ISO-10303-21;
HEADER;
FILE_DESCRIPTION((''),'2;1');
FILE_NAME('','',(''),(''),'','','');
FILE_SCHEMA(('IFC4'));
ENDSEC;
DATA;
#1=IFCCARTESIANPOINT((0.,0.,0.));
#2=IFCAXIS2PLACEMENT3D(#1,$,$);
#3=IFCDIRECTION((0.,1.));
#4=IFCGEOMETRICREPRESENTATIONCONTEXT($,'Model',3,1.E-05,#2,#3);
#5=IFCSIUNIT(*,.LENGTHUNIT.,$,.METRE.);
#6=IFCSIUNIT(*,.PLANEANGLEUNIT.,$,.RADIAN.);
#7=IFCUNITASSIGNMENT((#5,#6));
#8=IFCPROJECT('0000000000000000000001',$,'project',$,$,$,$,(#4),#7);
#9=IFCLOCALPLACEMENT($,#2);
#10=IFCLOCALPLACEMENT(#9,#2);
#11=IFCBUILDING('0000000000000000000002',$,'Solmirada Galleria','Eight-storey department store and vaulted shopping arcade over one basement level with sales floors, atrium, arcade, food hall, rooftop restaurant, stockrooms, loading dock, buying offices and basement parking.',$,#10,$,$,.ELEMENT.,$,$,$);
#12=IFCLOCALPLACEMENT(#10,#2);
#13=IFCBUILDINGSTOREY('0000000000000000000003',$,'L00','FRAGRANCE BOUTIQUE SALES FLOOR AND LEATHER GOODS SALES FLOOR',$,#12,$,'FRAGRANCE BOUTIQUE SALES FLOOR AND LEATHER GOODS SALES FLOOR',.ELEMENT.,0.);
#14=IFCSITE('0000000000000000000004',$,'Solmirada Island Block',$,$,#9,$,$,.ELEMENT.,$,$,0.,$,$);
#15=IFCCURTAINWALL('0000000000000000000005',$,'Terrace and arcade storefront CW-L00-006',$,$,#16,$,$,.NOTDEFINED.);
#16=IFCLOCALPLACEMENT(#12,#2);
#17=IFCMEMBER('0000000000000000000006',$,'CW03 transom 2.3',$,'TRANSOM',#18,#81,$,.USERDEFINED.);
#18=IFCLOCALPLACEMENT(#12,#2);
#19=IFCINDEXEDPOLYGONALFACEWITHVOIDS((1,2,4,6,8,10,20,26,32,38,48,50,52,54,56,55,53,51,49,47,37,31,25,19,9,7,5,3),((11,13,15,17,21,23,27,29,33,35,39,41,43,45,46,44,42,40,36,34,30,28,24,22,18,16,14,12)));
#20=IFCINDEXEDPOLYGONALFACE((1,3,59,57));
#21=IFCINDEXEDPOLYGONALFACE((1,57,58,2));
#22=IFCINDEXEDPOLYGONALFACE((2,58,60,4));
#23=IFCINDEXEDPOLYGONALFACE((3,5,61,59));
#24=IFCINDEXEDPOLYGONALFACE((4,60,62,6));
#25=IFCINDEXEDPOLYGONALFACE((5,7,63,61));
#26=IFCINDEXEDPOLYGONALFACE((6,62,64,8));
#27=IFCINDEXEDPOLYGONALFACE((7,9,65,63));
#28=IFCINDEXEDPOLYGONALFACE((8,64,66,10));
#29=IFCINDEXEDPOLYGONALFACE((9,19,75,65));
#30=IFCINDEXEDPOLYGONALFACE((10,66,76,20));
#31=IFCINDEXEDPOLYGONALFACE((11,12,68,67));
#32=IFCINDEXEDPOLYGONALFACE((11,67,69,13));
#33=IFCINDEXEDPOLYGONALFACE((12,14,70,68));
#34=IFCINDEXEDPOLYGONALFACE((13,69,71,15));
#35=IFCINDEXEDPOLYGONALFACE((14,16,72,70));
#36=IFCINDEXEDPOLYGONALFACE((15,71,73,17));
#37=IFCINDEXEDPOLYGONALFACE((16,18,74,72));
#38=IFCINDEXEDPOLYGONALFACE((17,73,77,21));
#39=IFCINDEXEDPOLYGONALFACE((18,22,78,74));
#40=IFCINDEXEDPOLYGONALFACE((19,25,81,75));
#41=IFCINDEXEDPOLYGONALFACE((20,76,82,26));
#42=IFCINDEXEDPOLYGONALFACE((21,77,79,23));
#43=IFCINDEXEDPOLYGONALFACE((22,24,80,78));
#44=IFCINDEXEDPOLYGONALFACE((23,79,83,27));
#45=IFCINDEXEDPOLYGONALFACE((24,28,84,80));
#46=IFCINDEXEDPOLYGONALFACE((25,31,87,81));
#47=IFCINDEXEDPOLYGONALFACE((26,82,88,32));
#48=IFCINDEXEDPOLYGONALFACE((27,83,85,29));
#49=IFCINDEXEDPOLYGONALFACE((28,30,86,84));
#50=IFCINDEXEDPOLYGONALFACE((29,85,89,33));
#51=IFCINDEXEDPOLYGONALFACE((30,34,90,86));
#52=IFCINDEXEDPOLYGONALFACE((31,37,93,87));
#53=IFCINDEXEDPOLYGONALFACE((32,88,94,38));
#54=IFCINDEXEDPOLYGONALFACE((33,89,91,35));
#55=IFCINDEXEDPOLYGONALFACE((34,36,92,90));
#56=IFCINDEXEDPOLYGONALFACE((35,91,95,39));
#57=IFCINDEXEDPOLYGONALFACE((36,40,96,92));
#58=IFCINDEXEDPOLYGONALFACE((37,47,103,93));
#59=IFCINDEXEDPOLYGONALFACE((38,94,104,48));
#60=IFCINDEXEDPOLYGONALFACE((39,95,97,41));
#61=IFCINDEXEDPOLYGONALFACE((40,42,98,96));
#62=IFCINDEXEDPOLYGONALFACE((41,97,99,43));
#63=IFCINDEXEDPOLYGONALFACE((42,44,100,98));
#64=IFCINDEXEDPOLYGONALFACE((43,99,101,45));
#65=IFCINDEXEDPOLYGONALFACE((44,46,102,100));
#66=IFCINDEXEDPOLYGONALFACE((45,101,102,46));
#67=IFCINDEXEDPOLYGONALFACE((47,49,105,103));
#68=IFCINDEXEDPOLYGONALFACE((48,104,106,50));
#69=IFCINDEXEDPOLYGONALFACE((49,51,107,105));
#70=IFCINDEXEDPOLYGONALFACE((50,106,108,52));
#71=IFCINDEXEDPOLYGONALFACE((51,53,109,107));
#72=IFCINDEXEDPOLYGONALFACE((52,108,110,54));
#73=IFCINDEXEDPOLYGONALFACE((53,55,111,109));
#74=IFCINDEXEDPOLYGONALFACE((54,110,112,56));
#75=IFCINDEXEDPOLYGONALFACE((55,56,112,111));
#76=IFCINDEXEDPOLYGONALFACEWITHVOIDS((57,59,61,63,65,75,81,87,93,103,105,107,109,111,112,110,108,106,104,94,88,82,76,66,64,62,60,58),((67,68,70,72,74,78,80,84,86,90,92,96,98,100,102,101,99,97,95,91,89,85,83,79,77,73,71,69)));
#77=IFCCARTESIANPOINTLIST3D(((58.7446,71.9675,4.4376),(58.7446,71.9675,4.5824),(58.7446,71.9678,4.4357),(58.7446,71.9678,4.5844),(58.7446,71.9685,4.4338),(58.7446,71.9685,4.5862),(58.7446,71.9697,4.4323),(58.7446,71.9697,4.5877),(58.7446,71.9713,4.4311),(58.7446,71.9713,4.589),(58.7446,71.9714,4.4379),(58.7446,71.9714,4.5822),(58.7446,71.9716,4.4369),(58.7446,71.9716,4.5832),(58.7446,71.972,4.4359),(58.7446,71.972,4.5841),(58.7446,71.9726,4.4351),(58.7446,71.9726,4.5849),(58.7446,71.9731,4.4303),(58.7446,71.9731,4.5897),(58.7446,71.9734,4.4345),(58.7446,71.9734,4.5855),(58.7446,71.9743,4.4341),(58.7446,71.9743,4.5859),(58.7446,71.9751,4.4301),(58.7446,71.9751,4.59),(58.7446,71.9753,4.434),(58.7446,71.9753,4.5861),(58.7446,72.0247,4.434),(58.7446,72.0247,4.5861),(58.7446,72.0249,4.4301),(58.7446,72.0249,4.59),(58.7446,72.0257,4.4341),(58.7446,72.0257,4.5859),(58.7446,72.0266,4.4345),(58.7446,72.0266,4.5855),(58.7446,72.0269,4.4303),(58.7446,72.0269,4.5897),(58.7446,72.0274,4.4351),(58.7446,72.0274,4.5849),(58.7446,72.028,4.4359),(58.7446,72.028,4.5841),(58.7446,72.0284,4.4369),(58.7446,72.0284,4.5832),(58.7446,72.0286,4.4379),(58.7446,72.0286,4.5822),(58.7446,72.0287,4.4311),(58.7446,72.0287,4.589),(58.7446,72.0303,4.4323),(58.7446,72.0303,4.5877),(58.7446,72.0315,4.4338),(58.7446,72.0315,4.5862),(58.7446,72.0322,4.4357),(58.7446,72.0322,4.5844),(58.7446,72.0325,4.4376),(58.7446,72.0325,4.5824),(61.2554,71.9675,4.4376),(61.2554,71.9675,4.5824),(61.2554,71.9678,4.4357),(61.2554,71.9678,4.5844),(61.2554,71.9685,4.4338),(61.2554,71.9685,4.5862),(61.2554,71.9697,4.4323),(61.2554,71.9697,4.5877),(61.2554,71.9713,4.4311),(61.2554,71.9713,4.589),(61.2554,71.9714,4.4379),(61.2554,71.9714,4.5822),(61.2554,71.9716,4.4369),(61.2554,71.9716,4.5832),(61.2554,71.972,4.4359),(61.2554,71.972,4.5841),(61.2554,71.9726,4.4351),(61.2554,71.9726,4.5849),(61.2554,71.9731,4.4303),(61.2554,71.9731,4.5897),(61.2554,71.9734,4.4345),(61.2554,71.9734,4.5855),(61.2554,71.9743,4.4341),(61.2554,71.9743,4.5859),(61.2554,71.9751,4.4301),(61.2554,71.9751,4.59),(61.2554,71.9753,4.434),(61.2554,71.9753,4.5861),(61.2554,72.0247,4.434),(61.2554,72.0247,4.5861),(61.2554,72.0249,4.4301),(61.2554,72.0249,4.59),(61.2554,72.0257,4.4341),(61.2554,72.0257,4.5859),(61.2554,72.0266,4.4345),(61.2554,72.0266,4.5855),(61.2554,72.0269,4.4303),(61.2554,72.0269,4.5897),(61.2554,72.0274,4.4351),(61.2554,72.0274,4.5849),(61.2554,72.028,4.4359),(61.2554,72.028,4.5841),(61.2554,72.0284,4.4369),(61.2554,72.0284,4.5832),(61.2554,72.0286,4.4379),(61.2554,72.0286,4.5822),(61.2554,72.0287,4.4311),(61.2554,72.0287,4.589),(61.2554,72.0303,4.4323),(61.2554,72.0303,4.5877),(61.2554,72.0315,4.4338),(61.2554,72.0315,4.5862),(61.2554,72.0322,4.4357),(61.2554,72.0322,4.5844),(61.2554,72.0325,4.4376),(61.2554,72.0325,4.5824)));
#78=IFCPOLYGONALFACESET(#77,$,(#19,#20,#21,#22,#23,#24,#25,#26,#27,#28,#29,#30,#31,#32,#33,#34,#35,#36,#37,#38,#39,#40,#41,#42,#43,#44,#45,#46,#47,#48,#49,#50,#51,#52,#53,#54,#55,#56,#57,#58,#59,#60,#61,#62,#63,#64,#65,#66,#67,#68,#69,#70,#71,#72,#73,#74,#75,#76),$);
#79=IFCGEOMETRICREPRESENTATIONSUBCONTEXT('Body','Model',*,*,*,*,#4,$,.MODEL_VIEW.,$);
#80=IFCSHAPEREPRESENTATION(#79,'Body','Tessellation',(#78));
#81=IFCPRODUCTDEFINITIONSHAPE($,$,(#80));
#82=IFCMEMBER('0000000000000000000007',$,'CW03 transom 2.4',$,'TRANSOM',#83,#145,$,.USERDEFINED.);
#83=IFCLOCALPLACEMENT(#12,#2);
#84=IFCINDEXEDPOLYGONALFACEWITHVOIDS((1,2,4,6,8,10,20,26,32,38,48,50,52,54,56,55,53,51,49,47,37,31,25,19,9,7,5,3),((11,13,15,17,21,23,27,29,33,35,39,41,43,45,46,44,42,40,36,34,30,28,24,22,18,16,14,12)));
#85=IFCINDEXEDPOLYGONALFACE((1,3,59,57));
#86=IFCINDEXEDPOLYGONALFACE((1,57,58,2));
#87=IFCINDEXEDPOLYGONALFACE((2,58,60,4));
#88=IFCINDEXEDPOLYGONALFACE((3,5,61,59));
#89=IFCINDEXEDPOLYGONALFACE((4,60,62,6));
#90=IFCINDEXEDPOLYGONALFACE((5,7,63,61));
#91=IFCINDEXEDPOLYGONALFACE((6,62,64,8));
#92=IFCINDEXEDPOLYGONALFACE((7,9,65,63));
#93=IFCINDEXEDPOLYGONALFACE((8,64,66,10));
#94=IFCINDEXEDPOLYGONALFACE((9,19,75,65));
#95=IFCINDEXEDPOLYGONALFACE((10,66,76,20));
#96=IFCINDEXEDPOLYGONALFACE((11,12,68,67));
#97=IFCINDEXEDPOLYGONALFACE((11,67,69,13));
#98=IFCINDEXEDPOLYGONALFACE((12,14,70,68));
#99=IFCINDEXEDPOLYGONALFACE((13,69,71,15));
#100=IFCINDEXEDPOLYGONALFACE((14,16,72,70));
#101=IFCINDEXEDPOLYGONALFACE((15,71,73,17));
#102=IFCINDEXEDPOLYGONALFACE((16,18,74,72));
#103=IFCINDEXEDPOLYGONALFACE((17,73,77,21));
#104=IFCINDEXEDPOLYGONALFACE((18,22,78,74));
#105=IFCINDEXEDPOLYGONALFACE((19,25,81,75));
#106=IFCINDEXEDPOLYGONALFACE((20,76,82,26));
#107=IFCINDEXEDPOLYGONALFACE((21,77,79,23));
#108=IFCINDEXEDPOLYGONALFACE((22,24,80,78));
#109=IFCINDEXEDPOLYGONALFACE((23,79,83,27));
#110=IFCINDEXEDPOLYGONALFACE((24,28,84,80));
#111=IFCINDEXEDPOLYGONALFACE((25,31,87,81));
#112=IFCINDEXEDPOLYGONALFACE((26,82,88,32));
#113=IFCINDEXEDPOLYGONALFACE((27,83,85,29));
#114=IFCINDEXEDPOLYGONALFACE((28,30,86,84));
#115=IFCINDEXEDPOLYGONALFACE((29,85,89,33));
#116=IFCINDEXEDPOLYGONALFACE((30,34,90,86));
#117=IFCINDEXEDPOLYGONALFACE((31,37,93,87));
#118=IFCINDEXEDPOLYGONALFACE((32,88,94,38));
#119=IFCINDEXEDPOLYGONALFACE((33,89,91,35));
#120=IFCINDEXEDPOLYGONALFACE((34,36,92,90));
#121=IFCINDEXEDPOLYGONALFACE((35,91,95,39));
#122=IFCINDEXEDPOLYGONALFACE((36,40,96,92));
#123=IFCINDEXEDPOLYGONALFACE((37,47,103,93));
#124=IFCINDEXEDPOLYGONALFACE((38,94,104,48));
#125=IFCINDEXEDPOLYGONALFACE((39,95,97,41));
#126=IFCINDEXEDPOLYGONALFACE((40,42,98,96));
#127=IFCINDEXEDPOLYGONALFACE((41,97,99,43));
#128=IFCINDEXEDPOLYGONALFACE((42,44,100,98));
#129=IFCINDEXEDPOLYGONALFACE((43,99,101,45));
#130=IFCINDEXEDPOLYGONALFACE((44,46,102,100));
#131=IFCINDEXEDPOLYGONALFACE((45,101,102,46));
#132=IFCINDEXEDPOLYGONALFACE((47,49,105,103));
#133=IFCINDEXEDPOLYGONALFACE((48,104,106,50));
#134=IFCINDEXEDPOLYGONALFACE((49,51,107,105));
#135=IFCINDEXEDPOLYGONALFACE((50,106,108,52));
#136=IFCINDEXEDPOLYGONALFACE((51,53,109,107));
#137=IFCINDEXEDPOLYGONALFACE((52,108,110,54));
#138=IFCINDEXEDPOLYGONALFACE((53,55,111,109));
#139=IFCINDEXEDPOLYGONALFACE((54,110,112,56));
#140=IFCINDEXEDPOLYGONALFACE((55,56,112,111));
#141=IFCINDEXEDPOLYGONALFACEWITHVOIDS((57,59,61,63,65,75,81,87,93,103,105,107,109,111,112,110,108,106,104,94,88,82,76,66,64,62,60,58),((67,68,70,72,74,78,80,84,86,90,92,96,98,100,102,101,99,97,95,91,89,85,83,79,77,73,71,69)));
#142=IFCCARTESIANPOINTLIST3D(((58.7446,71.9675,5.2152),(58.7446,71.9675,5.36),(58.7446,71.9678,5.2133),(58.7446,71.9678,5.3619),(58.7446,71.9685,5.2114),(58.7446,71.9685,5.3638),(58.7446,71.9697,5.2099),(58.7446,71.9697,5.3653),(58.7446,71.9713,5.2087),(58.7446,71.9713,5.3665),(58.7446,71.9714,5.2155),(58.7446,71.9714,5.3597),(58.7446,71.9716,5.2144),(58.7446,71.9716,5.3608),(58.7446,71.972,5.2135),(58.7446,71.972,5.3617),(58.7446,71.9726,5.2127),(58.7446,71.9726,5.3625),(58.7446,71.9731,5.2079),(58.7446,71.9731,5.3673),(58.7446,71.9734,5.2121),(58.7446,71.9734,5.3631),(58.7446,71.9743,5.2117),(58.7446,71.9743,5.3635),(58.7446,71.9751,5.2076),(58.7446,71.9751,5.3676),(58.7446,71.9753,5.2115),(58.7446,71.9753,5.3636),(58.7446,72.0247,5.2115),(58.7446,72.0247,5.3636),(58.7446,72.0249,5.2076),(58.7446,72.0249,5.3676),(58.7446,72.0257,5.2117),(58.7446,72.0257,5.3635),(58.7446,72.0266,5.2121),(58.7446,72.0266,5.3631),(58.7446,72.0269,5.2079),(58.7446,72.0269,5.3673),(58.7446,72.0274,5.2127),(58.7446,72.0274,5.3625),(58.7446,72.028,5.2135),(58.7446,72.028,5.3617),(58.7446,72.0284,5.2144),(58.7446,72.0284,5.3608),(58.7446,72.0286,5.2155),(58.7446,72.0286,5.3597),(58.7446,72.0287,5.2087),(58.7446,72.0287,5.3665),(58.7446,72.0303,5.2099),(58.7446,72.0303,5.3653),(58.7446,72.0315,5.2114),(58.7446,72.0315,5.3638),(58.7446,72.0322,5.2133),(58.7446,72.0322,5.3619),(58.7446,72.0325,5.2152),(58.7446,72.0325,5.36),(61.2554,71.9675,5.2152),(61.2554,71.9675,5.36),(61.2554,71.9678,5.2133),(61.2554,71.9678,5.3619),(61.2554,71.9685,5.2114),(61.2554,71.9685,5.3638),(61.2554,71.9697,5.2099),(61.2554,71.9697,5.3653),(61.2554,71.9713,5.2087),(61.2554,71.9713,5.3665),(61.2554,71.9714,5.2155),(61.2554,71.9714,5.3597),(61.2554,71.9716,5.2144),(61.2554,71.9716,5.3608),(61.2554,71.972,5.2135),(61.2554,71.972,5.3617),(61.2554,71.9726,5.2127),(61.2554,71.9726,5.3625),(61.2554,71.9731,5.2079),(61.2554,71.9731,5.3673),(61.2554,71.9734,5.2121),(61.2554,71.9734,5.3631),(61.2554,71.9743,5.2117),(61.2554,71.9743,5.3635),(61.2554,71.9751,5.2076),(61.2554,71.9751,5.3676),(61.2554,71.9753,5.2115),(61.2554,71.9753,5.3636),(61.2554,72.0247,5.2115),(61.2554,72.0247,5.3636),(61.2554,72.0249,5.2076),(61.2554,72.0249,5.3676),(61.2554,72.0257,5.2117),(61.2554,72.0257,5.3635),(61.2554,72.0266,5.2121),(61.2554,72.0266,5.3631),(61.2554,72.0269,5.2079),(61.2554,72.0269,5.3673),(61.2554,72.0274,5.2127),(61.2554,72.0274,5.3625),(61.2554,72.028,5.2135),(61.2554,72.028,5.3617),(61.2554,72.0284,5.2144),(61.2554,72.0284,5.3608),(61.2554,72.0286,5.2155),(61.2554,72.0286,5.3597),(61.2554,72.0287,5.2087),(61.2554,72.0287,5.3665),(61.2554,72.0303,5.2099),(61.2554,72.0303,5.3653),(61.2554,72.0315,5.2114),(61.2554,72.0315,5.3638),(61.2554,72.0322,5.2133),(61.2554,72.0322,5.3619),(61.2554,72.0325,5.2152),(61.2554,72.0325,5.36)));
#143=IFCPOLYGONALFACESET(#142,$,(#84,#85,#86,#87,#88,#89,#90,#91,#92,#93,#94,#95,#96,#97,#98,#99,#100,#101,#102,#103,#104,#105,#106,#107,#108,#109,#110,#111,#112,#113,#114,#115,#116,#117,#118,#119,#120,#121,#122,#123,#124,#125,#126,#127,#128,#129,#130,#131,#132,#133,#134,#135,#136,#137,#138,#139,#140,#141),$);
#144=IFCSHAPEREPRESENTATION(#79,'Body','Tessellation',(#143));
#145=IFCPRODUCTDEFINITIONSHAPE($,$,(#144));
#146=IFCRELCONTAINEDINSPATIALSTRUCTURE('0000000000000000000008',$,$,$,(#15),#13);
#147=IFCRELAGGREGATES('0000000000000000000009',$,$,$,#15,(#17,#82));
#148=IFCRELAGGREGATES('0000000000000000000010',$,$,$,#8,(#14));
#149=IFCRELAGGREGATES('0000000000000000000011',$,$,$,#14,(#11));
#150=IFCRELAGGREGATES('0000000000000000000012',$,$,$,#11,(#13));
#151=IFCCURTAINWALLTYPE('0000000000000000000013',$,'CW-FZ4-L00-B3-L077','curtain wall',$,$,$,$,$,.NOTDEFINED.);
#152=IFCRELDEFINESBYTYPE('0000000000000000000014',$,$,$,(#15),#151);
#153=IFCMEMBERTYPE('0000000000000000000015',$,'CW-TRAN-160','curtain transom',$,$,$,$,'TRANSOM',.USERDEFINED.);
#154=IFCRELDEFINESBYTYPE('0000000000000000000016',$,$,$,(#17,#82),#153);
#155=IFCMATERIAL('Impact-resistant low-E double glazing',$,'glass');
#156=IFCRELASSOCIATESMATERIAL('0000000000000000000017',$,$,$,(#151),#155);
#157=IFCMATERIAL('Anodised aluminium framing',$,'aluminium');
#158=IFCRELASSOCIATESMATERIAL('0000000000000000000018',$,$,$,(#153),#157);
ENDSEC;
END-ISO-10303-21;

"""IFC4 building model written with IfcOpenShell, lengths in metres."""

from ifc_helpers import new_model, si_unit, direction, frame, origin, origin_2d, place, context, subcontext, project, spatial, hollow_rectangle, extrude, material, material_profile, profile_set, type_object, element, aggregate, save


model = new_model("IFC4")

# Units and contexts
model_context = context("Model", 3, precision=1e-05, world=origin(), true_north=direction((0.0, 1.0)))
body_context = subcontext(model_context, "Body", "Model", "MODEL_VIEW")
ifc_project = project(units=[si_unit("LENGTHUNIT", "METRE"), si_unit("PLANEANGLEUNIT", "RADIAN")], contexts=[model_context])

# Site, building, storey
site_placement = place(None, origin())
site = spatial("IfcSite", under=ifc_project, at=site_placement, Name="Solmirada Island Block", CompositionType="ELEMENT", RefElevation=0.0)
building_placement = place(site_placement, origin())
building = spatial("IfcBuilding", under=site, at=building_placement, Name="Solmirada Galleria", Description="Eight-storey department store and vaulted shopping arcade over one basement level with sales floors, atrium, arcade, food hall, rooftop restaurant, stockrooms, loading dock, buying offices and basement parking.", CompositionType="ELEMENT")
storey_placement = place(building_placement, origin())
storey = spatial("IfcBuildingStorey", under=building, at=storey_placement, Name="L00", Description="FRAGRANCE BOUTIQUE SALES FLOOR AND LEATHER GOODS SALES FLOOR", LongName="FRAGRANCE BOUTIQUE SALES FLOOR AND LEATHER GOODS SALES FLOOR", CompositionType="ELEMENT", Elevation=0.0)

# Curtain wall
ifc_material_1 = material(Name="Impact-resistant low-E double glazing", Category="glass")
curtain_wall_type_1 = type_object("IfcCurtainWallType", Name="CW-FZ4-L00-B3-L077", Description="curtain wall", PredefinedType="NOTDEFINED", material=ifc_material_1)
curtain_wall_1_placement = place(storey_placement, origin())
curtain_wall_1 = element("IfcCurtainWall", 1, at=curtain_wall_1_placement, inside=storey, type_object=curtain_wall_type_1, Name="Terrace and arcade storefront CW-L00-006", PredefinedType="NOTDEFINED")
ifc_material_2 = material(Name="Anodised aluminium framing", Category="aluminium")

# Members
ifc_material_profile_1 = material_profile(ifc_material_2, hollow_rectangle(XDim=0.0649, YDim=0.1599, WallThickness=0.0039, InnerFilletRadius=0.0039, OuterFilletRadius=0.0076, at=origin_2d()), Name="ALU-TRAN-160X65")
ifc_profile_set_1 = profile_set([ifc_material_profile_1], Name="Anodised aluminium framing")
member_type_1 = type_object("IfcMemberType", Name="CW-TRAN-160", Description="curtain transom", ElementType="TRANSOM", PredefinedType="USERDEFINED", material=ifc_profile_set_1)
member_1_placement = place(storey_placement, frame((61.2554, 72.0, 4.51), z_axis=(-1.0, 0.0, 0.0), x_axis=(0.0, -1.0, 0.0)))
member_1 = element("IfcMember", 2, at=member_1_placement, type_object=member_type_1, Name="CW03 transom 2.3", ObjectType="TRANSOM", PredefinedType="USERDEFINED", context=body_context, shape_type="SweptSolid", body=[
    extrude(hollow_rectangle(XDim=0.0649, YDim=0.1599, WallThickness=0.0039, InnerFilletRadius=0.0039, OuterFilletRadius=0.0076, at=origin_2d()), origin(), (0.0, 0.0, 1.0), 2.5107),
])
member_2_placement = place(storey_placement, frame((61.2554, 72.0, 5.2876), z_axis=(-1.0, 0.0, 0.0), x_axis=(0.0, -1.0, 0.0)))
member_2 = element("IfcMember", 3, at=member_2_placement, type_object=member_type_1, Name="CW03 transom 2.4", ObjectType="TRANSOM", PredefinedType="USERDEFINED", context=body_context, shape_type="SweptSolid", body=[
    extrude(hollow_rectangle(XDim=0.0649, YDim=0.1599, WallThickness=0.0039, InnerFilletRadius=0.0039, OuterFilletRadius=0.0076, at=origin_2d()), origin(), (0.0, 0.0, 1.0), 2.5107),
])

aggregate(curtain_wall_1, [member_1, member_2])

save(model, "model.ifc")
